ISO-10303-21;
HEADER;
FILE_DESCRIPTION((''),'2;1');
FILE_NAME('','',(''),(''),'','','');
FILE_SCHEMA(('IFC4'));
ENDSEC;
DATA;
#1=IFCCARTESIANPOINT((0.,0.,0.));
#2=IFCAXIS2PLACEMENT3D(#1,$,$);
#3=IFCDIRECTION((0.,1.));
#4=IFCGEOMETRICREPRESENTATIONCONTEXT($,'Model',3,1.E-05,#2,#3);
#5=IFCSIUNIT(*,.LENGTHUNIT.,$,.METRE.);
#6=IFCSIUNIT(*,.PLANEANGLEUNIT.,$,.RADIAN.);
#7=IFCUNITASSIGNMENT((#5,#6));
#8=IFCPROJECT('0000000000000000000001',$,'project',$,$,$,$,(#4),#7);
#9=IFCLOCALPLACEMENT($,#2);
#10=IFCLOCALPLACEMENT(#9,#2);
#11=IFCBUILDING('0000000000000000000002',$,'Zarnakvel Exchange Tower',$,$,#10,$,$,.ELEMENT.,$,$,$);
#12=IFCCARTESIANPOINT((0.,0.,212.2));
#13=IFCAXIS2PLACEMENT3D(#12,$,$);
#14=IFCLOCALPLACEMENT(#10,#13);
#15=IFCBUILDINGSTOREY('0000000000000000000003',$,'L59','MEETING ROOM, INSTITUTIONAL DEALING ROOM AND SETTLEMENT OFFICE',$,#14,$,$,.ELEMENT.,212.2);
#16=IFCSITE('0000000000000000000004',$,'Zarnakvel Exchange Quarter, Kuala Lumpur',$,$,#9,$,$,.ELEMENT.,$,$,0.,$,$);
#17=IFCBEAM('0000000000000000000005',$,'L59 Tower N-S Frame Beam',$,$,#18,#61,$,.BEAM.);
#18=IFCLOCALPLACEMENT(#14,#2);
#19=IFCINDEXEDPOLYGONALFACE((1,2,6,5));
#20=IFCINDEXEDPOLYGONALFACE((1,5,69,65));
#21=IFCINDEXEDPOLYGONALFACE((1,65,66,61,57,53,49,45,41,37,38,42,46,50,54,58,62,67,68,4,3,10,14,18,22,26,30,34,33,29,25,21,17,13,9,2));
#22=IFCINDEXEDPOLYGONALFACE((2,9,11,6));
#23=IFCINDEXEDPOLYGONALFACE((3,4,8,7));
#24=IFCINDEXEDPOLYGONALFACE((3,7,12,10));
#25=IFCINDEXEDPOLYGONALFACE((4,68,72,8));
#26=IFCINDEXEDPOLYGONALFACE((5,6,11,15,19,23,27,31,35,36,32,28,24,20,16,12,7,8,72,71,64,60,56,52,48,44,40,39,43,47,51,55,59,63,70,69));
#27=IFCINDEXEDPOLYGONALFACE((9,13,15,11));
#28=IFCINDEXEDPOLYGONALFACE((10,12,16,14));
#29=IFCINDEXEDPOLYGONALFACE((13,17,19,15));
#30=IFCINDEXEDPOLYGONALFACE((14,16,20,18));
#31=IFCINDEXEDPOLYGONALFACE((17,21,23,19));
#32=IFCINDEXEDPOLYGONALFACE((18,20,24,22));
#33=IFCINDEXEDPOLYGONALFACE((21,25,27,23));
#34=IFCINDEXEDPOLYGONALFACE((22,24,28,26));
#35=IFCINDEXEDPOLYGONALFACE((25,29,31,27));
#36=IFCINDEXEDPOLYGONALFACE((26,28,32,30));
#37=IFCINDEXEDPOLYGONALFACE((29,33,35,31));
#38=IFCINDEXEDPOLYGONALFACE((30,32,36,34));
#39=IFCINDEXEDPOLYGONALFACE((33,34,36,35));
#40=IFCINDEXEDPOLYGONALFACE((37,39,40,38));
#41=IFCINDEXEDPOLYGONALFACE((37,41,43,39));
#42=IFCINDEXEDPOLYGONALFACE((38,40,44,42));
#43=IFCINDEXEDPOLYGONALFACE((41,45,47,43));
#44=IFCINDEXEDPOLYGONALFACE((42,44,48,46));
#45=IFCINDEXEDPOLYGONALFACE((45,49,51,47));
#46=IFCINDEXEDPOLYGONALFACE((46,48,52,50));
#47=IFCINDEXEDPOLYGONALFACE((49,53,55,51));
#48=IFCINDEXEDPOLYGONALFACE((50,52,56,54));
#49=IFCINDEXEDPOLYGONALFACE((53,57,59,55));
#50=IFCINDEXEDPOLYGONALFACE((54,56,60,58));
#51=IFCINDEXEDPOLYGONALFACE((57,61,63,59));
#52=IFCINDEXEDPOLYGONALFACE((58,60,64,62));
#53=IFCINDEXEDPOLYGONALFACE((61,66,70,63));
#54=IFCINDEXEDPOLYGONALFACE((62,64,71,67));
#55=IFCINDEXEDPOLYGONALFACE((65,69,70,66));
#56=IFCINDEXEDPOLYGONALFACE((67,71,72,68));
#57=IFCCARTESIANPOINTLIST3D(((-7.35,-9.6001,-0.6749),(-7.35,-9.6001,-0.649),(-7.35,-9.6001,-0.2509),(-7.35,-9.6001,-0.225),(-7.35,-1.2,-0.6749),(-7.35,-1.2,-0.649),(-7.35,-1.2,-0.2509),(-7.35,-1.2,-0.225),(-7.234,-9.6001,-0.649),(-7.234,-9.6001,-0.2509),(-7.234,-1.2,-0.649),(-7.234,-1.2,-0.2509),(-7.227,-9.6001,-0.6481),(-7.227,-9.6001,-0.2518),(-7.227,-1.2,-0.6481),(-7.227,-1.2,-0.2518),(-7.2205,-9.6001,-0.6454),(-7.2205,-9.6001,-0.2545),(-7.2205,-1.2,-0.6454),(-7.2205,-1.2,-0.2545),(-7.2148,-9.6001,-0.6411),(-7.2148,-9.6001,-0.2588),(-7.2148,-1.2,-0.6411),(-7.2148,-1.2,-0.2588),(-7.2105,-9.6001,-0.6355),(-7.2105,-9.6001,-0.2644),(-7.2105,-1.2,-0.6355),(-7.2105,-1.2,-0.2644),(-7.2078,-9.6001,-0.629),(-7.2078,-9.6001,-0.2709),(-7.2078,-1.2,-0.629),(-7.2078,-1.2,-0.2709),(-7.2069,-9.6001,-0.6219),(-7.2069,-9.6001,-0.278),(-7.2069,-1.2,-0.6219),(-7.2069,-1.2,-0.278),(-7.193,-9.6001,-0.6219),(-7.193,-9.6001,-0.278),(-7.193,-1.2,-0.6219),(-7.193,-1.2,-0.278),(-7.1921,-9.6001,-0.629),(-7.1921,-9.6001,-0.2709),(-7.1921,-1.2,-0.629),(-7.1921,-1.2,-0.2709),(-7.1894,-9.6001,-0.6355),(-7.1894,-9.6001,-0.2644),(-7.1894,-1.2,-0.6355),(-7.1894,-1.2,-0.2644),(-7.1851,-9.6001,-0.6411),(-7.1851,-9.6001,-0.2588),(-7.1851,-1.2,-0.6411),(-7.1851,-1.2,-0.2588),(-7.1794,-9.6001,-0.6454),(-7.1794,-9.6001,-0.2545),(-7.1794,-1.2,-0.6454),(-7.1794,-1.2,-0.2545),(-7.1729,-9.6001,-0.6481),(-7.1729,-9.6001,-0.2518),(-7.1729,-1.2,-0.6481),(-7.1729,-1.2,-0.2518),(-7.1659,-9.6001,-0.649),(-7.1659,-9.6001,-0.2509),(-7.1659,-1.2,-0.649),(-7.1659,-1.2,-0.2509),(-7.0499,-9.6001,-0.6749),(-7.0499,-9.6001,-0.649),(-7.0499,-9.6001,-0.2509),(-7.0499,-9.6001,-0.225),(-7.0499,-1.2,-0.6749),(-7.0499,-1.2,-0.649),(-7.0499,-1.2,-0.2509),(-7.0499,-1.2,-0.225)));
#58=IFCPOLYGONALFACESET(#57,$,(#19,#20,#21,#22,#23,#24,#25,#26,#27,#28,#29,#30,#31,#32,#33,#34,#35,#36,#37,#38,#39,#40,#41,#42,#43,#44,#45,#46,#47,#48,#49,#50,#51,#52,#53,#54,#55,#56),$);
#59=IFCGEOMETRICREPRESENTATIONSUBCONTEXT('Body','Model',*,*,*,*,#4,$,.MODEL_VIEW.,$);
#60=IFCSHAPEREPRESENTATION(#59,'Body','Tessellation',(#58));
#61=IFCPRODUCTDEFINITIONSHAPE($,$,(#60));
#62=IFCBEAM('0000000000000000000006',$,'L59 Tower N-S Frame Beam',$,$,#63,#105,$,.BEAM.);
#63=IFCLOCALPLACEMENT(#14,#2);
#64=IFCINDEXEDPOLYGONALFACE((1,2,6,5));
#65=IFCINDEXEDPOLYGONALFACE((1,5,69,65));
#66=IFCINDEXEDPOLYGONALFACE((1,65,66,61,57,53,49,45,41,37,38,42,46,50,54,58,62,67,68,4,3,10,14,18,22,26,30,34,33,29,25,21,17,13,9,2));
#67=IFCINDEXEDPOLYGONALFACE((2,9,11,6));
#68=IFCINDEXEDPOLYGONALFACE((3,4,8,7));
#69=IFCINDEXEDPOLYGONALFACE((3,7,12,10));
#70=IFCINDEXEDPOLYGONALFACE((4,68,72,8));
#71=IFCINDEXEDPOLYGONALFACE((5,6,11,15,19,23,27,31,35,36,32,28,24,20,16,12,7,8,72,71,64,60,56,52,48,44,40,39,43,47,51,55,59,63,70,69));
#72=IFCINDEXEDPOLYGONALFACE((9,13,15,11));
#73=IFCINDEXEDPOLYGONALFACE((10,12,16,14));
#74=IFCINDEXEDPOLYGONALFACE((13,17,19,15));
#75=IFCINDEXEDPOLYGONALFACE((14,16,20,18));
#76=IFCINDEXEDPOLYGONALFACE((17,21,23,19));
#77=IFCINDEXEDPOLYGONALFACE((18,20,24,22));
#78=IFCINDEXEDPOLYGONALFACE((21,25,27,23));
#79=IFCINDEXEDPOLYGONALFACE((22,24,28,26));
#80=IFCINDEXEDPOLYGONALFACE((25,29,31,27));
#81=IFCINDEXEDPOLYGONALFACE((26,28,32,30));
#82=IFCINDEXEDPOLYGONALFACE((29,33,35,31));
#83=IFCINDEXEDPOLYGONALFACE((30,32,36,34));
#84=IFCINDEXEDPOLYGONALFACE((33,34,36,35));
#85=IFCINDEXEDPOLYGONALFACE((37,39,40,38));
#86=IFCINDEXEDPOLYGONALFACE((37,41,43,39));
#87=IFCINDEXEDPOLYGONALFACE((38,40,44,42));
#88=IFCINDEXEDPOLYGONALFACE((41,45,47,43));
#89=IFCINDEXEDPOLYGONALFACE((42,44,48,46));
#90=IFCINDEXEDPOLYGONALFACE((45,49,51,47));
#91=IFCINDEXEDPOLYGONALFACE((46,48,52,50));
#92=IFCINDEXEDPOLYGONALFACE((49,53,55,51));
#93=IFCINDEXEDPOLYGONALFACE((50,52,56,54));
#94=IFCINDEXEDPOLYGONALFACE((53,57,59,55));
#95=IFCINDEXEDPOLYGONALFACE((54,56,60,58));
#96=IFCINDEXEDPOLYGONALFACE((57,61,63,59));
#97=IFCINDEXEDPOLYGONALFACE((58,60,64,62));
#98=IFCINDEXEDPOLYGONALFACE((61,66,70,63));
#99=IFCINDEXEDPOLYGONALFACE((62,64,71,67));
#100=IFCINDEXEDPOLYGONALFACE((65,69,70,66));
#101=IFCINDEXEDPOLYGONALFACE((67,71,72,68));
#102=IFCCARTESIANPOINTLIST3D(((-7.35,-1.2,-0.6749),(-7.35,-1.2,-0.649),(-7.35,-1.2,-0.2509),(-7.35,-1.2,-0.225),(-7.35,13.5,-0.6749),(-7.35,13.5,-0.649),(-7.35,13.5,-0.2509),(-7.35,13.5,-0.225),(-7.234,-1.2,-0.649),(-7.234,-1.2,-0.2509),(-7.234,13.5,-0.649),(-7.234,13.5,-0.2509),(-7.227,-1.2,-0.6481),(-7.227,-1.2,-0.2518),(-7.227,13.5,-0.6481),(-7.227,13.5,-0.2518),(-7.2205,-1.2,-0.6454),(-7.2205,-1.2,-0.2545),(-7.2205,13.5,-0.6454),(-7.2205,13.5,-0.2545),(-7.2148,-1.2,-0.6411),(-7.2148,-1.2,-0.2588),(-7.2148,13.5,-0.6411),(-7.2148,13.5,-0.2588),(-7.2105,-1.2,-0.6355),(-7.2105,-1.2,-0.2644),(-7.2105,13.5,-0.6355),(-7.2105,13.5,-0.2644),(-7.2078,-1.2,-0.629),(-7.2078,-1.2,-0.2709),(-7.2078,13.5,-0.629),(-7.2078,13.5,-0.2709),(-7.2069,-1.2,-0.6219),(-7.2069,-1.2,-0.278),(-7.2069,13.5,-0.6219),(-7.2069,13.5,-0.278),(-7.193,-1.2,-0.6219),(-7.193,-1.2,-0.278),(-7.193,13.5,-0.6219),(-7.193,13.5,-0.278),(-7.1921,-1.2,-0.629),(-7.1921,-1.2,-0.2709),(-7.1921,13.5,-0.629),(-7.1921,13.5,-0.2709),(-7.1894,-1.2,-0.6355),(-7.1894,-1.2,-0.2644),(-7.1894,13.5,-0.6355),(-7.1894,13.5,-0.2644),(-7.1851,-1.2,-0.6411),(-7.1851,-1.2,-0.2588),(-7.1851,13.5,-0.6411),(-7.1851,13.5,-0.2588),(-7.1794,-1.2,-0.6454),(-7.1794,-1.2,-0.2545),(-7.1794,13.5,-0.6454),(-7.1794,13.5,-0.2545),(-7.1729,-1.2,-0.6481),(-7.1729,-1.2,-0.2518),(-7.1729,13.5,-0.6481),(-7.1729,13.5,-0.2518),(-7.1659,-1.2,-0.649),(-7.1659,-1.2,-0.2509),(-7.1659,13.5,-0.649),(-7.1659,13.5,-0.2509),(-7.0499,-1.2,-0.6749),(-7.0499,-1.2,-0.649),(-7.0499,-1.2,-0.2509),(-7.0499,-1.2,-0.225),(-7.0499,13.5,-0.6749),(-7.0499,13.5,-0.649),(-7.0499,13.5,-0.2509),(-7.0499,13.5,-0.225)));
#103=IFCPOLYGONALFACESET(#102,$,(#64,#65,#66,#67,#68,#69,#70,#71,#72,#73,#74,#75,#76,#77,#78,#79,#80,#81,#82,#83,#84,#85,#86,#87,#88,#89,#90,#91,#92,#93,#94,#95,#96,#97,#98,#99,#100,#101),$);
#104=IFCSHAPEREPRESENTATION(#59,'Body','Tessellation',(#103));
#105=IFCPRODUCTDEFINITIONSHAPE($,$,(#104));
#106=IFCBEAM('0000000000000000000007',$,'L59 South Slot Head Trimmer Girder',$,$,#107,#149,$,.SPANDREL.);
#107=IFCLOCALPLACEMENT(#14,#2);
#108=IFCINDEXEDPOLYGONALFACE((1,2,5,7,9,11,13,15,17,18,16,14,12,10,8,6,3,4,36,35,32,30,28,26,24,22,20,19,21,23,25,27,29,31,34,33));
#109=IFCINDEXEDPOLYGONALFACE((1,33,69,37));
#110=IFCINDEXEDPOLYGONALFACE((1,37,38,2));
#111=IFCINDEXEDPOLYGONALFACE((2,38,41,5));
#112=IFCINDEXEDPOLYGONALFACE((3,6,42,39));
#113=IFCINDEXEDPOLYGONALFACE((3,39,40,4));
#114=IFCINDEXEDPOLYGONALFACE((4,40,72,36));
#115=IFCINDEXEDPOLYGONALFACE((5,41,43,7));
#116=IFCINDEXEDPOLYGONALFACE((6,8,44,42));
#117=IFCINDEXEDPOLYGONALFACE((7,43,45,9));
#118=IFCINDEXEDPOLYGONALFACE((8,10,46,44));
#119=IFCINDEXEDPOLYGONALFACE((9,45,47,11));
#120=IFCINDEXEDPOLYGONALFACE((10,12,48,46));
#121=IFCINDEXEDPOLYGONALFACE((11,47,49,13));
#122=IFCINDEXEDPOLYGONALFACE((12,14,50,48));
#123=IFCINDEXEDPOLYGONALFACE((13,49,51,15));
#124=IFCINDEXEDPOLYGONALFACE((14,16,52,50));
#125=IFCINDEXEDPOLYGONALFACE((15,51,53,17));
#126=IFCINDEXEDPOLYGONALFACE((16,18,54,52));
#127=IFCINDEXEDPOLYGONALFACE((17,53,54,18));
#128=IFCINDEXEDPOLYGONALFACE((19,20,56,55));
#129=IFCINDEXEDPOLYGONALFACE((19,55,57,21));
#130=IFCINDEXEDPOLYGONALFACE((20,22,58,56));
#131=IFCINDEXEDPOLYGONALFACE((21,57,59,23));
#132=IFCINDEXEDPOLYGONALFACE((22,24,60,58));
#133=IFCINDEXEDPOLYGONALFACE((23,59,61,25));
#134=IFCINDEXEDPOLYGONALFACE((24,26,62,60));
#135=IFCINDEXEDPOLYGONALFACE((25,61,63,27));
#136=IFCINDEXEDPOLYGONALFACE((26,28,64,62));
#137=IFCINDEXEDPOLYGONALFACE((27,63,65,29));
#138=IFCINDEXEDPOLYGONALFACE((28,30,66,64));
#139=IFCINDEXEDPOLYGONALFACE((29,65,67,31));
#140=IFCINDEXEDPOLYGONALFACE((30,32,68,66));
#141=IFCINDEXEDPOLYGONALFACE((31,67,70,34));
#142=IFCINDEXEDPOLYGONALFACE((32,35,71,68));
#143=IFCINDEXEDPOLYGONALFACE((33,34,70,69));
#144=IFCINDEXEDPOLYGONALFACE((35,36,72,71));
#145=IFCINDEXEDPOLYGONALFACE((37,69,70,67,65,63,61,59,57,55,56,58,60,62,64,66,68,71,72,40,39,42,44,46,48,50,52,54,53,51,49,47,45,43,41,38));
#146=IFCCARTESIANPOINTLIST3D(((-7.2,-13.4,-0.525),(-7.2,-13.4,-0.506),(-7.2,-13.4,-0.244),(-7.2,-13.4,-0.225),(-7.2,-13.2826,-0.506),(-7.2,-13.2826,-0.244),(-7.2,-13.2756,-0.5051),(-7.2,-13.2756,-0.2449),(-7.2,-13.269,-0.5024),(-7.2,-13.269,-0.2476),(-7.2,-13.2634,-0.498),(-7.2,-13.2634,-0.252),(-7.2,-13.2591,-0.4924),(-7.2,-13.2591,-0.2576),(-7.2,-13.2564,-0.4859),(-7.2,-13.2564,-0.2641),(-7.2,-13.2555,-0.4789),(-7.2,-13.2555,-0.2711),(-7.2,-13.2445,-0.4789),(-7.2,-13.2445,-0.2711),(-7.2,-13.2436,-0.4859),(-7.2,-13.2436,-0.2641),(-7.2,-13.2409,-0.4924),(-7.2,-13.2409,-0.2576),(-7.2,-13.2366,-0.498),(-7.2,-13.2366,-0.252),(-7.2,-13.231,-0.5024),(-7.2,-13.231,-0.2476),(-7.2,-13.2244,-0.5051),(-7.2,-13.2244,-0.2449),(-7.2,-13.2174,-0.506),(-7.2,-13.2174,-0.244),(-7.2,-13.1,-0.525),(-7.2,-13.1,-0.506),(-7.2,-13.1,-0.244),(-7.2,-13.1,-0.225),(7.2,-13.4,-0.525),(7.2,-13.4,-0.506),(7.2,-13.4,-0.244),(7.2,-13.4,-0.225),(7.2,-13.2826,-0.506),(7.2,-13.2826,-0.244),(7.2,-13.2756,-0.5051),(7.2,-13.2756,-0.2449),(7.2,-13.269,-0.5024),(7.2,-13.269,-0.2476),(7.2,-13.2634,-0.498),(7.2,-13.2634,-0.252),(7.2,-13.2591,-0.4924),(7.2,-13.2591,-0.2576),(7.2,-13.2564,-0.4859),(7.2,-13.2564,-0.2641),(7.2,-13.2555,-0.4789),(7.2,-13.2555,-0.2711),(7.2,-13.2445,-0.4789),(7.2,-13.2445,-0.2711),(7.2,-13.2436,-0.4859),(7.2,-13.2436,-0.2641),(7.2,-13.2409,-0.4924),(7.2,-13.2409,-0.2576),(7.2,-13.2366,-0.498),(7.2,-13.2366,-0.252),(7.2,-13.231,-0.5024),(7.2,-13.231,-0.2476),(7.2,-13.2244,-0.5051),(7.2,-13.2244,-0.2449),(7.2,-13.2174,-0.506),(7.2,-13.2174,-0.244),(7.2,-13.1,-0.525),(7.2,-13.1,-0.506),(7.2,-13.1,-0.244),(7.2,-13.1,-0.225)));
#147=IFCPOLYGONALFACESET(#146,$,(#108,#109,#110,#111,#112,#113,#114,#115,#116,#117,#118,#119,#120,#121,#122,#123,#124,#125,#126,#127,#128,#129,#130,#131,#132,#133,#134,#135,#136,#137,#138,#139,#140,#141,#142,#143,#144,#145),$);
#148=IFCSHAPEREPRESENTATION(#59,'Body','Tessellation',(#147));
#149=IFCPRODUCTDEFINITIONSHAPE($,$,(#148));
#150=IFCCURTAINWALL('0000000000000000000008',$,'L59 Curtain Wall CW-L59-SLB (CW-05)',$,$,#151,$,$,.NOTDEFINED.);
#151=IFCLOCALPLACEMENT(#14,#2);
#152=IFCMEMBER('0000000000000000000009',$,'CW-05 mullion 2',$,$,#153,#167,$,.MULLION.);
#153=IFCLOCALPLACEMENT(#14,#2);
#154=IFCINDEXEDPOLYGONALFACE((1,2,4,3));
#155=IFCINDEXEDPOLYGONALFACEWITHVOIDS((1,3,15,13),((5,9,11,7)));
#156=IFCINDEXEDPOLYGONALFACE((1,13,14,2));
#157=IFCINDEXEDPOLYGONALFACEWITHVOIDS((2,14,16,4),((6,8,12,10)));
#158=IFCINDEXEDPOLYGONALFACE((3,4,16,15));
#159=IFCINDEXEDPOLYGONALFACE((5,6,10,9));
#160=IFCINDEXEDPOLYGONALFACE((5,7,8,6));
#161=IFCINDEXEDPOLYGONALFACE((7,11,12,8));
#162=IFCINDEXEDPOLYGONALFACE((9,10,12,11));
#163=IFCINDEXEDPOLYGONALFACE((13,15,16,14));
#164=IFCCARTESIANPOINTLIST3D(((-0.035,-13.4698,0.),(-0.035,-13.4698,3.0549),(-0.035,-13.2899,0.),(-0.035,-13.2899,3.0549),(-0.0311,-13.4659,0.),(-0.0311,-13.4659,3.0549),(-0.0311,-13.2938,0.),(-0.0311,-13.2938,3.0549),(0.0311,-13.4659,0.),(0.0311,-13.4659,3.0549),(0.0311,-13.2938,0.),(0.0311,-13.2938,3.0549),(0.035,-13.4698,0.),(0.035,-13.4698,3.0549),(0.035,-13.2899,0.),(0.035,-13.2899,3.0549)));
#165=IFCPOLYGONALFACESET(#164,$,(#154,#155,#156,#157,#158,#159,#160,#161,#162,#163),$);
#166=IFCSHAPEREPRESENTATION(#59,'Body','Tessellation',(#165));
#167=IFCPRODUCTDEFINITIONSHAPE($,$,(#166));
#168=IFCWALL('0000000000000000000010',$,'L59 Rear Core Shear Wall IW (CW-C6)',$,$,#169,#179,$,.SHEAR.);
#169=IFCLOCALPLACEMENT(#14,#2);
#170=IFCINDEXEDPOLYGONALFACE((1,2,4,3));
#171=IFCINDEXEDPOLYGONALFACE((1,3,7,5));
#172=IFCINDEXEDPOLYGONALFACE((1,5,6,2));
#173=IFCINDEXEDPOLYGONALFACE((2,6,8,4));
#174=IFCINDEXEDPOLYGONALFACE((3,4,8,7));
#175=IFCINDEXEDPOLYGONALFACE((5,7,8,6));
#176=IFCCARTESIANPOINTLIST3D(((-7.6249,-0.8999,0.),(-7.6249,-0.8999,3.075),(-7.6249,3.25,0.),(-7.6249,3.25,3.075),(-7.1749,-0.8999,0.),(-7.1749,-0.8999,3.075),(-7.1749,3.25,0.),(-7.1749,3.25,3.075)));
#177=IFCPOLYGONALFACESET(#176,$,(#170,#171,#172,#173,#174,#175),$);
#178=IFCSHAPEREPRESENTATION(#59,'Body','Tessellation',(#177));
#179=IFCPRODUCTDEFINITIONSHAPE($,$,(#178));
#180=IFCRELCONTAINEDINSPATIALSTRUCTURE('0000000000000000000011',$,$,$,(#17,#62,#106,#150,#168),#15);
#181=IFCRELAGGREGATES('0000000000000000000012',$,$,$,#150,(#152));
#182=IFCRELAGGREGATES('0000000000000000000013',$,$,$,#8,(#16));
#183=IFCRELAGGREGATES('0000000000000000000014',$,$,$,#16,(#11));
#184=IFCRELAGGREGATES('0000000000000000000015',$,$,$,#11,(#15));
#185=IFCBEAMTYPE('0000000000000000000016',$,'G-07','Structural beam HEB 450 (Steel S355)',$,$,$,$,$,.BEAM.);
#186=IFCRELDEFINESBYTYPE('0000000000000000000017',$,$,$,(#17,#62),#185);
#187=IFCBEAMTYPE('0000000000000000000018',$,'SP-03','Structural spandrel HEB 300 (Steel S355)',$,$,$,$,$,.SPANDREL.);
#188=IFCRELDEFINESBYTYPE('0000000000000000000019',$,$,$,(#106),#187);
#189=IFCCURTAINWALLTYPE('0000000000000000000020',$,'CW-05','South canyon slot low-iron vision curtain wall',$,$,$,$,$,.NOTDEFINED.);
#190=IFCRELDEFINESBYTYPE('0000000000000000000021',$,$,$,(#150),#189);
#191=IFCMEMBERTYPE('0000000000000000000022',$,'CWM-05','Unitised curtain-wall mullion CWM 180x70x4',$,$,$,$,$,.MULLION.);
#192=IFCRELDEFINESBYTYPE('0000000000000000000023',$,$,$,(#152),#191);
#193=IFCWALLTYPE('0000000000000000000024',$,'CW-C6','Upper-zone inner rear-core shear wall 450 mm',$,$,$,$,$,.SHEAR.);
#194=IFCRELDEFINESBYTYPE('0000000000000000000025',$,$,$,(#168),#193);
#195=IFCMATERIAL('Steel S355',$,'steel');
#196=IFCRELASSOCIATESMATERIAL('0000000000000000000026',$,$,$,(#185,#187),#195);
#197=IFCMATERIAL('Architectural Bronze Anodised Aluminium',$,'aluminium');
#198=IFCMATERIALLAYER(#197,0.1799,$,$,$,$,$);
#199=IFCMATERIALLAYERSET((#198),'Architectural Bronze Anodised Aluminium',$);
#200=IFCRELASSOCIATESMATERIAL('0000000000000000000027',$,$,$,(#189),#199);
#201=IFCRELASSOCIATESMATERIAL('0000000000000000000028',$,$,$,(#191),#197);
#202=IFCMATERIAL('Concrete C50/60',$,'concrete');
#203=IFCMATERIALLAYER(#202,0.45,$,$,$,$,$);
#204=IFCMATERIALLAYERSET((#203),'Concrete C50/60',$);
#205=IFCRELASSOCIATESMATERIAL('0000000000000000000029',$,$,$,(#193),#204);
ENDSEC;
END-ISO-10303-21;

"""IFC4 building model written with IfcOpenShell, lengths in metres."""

from ifc_helpers import new_model, si_unit, direction, frame, frame_2d, origin, origin_2d, place, context, subcontext, project, spatial, rectangle, hollow_rectangle, i_section, extrude, source, transform, mapped, material, layer, layer_set, material_profile, profile_set, type_object, element, aggregate, save


model = new_model("IFC4")

# Units and contexts
model_context = context("Model", 3, precision=1e-05, world=origin(), true_north=direction((0.0, 1.0)))
body_context = subcontext(model_context, "Body", "Model", "MODEL_VIEW")
ifc_project = project(units=[si_unit("LENGTHUNIT", "METRE"), si_unit("PLANEANGLEUNIT", "RADIAN")], contexts=[model_context])

# Site, building, storey
site_placement = place(None, origin())
site = spatial("IfcSite", under=ifc_project, at=site_placement, Name="Zarnakvel Exchange Quarter, Kuala Lumpur", CompositionType="ELEMENT", RefElevation=0.0)
building_placement = place(site_placement, origin())
building = spatial("IfcBuilding", under=site, at=building_placement, Name="Zarnakvel Exchange Tower", CompositionType="ELEMENT")
storey_placement = place(building_placement, frame((0.0, 0.0, 212.2)))
storey = spatial("IfcBuildingStorey", under=building, at=storey_placement, Name="L59", Description="MEETING ROOM, INSTITUTIONAL DEALING ROOM AND SETTLEMENT OFFICE", CompositionType="ELEMENT", Elevation=212.2)

# Shared definitions
ifc_material_1 = material(Name="Concrete C50/60", Category="concrete")

# Beams
ifc_material_2 = material(Name="Steel S355", Category="steel")
ifc_material_profile_1 = material_profile(ifc_material_2, i_section(OverallWidth=0.3, OverallDepth=0.45, WebThickness=0.0139, FlangeThickness=0.0259, FilletRadius=0.0271, at=origin_2d()))
ifc_profile_set_1 = profile_set([ifc_material_profile_1], Name="Steel S355")
beam_type_1 = type_object("IfcBeamType", Name="G-07", Description="Structural beam HEB 450 (Steel S355)", PredefinedType="BEAM", material=ifc_profile_set_1)
beam_1_placement = place(storey_placement, frame((-7.2, -9.6001, -0.45), z_axis=(0.0, 1.0, 0.0), x_axis=(-1.0, 0.0, 0.0)))
element("IfcBeam", 1, at=beam_1_placement, inside=storey, type_object=beam_type_1, Name="L59 Tower N-S Frame Beam", PredefinedType="BEAM", context=body_context, shape_type="SweptSolid", body=[
    extrude(i_section(OverallWidth=0.3, OverallDepth=0.45, WebThickness=0.0139, FlangeThickness=0.0259, FilletRadius=0.0271, at=origin_2d()), origin(), (0.0, 0.0, 1.0), 8.4001),
])
beam_2_placement = place(storey_placement, frame((-7.2, -1.2, -0.45), z_axis=(0.0, 1.0, 0.0), x_axis=(-1.0, 0.0, 0.0)))
element("IfcBeam", 2, at=beam_2_placement, inside=storey, type_object=beam_type_1, Name="L59 Tower N-S Frame Beam", PredefinedType="BEAM", context=body_context, shape_type="SweptSolid", body=[
    extrude(i_section(OverallWidth=0.3, OverallDepth=0.45, WebThickness=0.0139, FlangeThickness=0.0259, FilletRadius=0.0271, at=origin_2d()), origin(), (0.0, 0.0, 1.0), 14.7),
])
ifc_material_profile_2 = material_profile(ifc_material_2, i_section(OverallWidth=0.3, OverallDepth=0.3, WebThickness=0.011, FlangeThickness=0.019, FilletRadius=0.0271, at=origin_2d()))
ifc_profile_set_2 = profile_set([ifc_material_profile_2], Name="Steel S355")
beam_type_2 = type_object("IfcBeamType", Name="SP-03", Description="Structural spandrel HEB 300 (Steel S355)", PredefinedType="SPANDREL", material=ifc_profile_set_2)
beam_3_placement = place(storey_placement, frame((-7.2, -13.25, -0.375), z_axis=(1.0, 0.0, 0.0), x_axis=(0.0, 1.0, 0.0)))
element("IfcBeam", 3, at=beam_3_placement, inside=storey, type_object=beam_type_2, Name="L59 South Slot Head Trimmer Girder", PredefinedType="SPANDREL", context=body_context, shape_type="SweptSolid", body=[
    extrude(i_section(OverallWidth=0.3, OverallDepth=0.3, WebThickness=0.011, FlangeThickness=0.019, FilletRadius=0.0271, at=origin_2d()), origin(), (0.0, 0.0, 1.0), 14.3999),
])

# Curtain wall, member
ifc_material_3 = material(Name="Architectural Bronze Anodised Aluminium", Category="aluminium")
ifc_layer_1 = layer(ifc_material_3, 0.1799)
ifc_layer_set_1 = layer_set([ifc_layer_1], Name="Architectural Bronze Anodised Aluminium")
curtain_wall_type = type_object("IfcCurtainWallType", Name="CW-05", Description="South canyon slot low-iron vision curtain wall", PredefinedType="NOTDEFINED", material=ifc_layer_set_1)
curtain_wall_placement = place(storey_placement, origin())
curtain_wall = element("IfcCurtainWall", 4, at=curtain_wall_placement, inside=storey, type_object=curtain_wall_type, Name="L59 Curtain Wall CW-L59-SLB (CW-05)", PredefinedType="NOTDEFINED")
ifc_material_profile_3 = material_profile(ifc_material_3, hollow_rectangle(XDim=0.1799, YDim=0.0701, WallThickness=0.0039, at=origin_2d()))
ifc_profile_set_3 = profile_set([ifc_material_profile_3], Name="Architectural Bronze Anodised Aluminium")
member_type = type_object("IfcMemberType", Name="CWM-05", Description="Unitised curtain-wall mullion CWM 180x70x4", PredefinedType="MULLION", material=ifc_profile_set_3)
shared_shape_1 = source(origin(), body_context, "Body", "SweptSolid", [
    extrude(hollow_rectangle(XDim=0.1799, YDim=0.0701, WallThickness=0.0039, at=origin_2d()), origin(), (0.0, 0.0, 1.0), 3.0549),
])
member_placement = place(storey_placement, frame((0.0, -13.3799, 0.0), z_axis=(0.0, 0.0, 1.0), x_axis=(0.0, 1.0, 0.0)))
member = element("IfcMember", 5, at=member_placement, type_object=member_type, Name="CW-05 mullion 2", PredefinedType="MULLION", context=body_context, shape_type="MappedRepresentation", body=[
    mapped(shared_shape_1, transform((0.0, 0.0, 0.0), x_axis=(1.0, 0.0, 0.0), y_axis=(0.0, 1.0, 0.0), z_axis=(0.0, 0.0, 1.0), scale=1.0)),
])
aggregate(curtain_wall, [member])

# Wall
ifc_layer_2 = layer(ifc_material_1, 0.45)
ifc_layer_set_2 = layer_set([ifc_layer_2], Name="Concrete C50/60")
wall_type_1 = type_object("IfcWallType", Name="CW-C6", Description="Upper-zone inner rear-core shear wall 450 mm", PredefinedType="SHEAR", material=ifc_layer_set_2)
wall_1_placement = place(storey_placement, frame((-7.3999, -0.8999, 0.0), z_axis=(0.0, 0.0, 1.0), x_axis=(0.0, 1.0, 0.0)))
element("IfcWall", 6, at=wall_1_placement, inside=storey, type_object=wall_type_1, Name="L59 Rear Core Shear Wall IW (CW-C6)", PredefinedType="SHEAR", context=body_context, shape_type="SweptSolid", body=[
    extrude(rectangle(XDim=4.1499, YDim=0.45, at=frame_2d((2.075, 0.0))), origin(), (0.0, 0.0, 1.0), 3.075),
])

save(model, "model.ifc")
